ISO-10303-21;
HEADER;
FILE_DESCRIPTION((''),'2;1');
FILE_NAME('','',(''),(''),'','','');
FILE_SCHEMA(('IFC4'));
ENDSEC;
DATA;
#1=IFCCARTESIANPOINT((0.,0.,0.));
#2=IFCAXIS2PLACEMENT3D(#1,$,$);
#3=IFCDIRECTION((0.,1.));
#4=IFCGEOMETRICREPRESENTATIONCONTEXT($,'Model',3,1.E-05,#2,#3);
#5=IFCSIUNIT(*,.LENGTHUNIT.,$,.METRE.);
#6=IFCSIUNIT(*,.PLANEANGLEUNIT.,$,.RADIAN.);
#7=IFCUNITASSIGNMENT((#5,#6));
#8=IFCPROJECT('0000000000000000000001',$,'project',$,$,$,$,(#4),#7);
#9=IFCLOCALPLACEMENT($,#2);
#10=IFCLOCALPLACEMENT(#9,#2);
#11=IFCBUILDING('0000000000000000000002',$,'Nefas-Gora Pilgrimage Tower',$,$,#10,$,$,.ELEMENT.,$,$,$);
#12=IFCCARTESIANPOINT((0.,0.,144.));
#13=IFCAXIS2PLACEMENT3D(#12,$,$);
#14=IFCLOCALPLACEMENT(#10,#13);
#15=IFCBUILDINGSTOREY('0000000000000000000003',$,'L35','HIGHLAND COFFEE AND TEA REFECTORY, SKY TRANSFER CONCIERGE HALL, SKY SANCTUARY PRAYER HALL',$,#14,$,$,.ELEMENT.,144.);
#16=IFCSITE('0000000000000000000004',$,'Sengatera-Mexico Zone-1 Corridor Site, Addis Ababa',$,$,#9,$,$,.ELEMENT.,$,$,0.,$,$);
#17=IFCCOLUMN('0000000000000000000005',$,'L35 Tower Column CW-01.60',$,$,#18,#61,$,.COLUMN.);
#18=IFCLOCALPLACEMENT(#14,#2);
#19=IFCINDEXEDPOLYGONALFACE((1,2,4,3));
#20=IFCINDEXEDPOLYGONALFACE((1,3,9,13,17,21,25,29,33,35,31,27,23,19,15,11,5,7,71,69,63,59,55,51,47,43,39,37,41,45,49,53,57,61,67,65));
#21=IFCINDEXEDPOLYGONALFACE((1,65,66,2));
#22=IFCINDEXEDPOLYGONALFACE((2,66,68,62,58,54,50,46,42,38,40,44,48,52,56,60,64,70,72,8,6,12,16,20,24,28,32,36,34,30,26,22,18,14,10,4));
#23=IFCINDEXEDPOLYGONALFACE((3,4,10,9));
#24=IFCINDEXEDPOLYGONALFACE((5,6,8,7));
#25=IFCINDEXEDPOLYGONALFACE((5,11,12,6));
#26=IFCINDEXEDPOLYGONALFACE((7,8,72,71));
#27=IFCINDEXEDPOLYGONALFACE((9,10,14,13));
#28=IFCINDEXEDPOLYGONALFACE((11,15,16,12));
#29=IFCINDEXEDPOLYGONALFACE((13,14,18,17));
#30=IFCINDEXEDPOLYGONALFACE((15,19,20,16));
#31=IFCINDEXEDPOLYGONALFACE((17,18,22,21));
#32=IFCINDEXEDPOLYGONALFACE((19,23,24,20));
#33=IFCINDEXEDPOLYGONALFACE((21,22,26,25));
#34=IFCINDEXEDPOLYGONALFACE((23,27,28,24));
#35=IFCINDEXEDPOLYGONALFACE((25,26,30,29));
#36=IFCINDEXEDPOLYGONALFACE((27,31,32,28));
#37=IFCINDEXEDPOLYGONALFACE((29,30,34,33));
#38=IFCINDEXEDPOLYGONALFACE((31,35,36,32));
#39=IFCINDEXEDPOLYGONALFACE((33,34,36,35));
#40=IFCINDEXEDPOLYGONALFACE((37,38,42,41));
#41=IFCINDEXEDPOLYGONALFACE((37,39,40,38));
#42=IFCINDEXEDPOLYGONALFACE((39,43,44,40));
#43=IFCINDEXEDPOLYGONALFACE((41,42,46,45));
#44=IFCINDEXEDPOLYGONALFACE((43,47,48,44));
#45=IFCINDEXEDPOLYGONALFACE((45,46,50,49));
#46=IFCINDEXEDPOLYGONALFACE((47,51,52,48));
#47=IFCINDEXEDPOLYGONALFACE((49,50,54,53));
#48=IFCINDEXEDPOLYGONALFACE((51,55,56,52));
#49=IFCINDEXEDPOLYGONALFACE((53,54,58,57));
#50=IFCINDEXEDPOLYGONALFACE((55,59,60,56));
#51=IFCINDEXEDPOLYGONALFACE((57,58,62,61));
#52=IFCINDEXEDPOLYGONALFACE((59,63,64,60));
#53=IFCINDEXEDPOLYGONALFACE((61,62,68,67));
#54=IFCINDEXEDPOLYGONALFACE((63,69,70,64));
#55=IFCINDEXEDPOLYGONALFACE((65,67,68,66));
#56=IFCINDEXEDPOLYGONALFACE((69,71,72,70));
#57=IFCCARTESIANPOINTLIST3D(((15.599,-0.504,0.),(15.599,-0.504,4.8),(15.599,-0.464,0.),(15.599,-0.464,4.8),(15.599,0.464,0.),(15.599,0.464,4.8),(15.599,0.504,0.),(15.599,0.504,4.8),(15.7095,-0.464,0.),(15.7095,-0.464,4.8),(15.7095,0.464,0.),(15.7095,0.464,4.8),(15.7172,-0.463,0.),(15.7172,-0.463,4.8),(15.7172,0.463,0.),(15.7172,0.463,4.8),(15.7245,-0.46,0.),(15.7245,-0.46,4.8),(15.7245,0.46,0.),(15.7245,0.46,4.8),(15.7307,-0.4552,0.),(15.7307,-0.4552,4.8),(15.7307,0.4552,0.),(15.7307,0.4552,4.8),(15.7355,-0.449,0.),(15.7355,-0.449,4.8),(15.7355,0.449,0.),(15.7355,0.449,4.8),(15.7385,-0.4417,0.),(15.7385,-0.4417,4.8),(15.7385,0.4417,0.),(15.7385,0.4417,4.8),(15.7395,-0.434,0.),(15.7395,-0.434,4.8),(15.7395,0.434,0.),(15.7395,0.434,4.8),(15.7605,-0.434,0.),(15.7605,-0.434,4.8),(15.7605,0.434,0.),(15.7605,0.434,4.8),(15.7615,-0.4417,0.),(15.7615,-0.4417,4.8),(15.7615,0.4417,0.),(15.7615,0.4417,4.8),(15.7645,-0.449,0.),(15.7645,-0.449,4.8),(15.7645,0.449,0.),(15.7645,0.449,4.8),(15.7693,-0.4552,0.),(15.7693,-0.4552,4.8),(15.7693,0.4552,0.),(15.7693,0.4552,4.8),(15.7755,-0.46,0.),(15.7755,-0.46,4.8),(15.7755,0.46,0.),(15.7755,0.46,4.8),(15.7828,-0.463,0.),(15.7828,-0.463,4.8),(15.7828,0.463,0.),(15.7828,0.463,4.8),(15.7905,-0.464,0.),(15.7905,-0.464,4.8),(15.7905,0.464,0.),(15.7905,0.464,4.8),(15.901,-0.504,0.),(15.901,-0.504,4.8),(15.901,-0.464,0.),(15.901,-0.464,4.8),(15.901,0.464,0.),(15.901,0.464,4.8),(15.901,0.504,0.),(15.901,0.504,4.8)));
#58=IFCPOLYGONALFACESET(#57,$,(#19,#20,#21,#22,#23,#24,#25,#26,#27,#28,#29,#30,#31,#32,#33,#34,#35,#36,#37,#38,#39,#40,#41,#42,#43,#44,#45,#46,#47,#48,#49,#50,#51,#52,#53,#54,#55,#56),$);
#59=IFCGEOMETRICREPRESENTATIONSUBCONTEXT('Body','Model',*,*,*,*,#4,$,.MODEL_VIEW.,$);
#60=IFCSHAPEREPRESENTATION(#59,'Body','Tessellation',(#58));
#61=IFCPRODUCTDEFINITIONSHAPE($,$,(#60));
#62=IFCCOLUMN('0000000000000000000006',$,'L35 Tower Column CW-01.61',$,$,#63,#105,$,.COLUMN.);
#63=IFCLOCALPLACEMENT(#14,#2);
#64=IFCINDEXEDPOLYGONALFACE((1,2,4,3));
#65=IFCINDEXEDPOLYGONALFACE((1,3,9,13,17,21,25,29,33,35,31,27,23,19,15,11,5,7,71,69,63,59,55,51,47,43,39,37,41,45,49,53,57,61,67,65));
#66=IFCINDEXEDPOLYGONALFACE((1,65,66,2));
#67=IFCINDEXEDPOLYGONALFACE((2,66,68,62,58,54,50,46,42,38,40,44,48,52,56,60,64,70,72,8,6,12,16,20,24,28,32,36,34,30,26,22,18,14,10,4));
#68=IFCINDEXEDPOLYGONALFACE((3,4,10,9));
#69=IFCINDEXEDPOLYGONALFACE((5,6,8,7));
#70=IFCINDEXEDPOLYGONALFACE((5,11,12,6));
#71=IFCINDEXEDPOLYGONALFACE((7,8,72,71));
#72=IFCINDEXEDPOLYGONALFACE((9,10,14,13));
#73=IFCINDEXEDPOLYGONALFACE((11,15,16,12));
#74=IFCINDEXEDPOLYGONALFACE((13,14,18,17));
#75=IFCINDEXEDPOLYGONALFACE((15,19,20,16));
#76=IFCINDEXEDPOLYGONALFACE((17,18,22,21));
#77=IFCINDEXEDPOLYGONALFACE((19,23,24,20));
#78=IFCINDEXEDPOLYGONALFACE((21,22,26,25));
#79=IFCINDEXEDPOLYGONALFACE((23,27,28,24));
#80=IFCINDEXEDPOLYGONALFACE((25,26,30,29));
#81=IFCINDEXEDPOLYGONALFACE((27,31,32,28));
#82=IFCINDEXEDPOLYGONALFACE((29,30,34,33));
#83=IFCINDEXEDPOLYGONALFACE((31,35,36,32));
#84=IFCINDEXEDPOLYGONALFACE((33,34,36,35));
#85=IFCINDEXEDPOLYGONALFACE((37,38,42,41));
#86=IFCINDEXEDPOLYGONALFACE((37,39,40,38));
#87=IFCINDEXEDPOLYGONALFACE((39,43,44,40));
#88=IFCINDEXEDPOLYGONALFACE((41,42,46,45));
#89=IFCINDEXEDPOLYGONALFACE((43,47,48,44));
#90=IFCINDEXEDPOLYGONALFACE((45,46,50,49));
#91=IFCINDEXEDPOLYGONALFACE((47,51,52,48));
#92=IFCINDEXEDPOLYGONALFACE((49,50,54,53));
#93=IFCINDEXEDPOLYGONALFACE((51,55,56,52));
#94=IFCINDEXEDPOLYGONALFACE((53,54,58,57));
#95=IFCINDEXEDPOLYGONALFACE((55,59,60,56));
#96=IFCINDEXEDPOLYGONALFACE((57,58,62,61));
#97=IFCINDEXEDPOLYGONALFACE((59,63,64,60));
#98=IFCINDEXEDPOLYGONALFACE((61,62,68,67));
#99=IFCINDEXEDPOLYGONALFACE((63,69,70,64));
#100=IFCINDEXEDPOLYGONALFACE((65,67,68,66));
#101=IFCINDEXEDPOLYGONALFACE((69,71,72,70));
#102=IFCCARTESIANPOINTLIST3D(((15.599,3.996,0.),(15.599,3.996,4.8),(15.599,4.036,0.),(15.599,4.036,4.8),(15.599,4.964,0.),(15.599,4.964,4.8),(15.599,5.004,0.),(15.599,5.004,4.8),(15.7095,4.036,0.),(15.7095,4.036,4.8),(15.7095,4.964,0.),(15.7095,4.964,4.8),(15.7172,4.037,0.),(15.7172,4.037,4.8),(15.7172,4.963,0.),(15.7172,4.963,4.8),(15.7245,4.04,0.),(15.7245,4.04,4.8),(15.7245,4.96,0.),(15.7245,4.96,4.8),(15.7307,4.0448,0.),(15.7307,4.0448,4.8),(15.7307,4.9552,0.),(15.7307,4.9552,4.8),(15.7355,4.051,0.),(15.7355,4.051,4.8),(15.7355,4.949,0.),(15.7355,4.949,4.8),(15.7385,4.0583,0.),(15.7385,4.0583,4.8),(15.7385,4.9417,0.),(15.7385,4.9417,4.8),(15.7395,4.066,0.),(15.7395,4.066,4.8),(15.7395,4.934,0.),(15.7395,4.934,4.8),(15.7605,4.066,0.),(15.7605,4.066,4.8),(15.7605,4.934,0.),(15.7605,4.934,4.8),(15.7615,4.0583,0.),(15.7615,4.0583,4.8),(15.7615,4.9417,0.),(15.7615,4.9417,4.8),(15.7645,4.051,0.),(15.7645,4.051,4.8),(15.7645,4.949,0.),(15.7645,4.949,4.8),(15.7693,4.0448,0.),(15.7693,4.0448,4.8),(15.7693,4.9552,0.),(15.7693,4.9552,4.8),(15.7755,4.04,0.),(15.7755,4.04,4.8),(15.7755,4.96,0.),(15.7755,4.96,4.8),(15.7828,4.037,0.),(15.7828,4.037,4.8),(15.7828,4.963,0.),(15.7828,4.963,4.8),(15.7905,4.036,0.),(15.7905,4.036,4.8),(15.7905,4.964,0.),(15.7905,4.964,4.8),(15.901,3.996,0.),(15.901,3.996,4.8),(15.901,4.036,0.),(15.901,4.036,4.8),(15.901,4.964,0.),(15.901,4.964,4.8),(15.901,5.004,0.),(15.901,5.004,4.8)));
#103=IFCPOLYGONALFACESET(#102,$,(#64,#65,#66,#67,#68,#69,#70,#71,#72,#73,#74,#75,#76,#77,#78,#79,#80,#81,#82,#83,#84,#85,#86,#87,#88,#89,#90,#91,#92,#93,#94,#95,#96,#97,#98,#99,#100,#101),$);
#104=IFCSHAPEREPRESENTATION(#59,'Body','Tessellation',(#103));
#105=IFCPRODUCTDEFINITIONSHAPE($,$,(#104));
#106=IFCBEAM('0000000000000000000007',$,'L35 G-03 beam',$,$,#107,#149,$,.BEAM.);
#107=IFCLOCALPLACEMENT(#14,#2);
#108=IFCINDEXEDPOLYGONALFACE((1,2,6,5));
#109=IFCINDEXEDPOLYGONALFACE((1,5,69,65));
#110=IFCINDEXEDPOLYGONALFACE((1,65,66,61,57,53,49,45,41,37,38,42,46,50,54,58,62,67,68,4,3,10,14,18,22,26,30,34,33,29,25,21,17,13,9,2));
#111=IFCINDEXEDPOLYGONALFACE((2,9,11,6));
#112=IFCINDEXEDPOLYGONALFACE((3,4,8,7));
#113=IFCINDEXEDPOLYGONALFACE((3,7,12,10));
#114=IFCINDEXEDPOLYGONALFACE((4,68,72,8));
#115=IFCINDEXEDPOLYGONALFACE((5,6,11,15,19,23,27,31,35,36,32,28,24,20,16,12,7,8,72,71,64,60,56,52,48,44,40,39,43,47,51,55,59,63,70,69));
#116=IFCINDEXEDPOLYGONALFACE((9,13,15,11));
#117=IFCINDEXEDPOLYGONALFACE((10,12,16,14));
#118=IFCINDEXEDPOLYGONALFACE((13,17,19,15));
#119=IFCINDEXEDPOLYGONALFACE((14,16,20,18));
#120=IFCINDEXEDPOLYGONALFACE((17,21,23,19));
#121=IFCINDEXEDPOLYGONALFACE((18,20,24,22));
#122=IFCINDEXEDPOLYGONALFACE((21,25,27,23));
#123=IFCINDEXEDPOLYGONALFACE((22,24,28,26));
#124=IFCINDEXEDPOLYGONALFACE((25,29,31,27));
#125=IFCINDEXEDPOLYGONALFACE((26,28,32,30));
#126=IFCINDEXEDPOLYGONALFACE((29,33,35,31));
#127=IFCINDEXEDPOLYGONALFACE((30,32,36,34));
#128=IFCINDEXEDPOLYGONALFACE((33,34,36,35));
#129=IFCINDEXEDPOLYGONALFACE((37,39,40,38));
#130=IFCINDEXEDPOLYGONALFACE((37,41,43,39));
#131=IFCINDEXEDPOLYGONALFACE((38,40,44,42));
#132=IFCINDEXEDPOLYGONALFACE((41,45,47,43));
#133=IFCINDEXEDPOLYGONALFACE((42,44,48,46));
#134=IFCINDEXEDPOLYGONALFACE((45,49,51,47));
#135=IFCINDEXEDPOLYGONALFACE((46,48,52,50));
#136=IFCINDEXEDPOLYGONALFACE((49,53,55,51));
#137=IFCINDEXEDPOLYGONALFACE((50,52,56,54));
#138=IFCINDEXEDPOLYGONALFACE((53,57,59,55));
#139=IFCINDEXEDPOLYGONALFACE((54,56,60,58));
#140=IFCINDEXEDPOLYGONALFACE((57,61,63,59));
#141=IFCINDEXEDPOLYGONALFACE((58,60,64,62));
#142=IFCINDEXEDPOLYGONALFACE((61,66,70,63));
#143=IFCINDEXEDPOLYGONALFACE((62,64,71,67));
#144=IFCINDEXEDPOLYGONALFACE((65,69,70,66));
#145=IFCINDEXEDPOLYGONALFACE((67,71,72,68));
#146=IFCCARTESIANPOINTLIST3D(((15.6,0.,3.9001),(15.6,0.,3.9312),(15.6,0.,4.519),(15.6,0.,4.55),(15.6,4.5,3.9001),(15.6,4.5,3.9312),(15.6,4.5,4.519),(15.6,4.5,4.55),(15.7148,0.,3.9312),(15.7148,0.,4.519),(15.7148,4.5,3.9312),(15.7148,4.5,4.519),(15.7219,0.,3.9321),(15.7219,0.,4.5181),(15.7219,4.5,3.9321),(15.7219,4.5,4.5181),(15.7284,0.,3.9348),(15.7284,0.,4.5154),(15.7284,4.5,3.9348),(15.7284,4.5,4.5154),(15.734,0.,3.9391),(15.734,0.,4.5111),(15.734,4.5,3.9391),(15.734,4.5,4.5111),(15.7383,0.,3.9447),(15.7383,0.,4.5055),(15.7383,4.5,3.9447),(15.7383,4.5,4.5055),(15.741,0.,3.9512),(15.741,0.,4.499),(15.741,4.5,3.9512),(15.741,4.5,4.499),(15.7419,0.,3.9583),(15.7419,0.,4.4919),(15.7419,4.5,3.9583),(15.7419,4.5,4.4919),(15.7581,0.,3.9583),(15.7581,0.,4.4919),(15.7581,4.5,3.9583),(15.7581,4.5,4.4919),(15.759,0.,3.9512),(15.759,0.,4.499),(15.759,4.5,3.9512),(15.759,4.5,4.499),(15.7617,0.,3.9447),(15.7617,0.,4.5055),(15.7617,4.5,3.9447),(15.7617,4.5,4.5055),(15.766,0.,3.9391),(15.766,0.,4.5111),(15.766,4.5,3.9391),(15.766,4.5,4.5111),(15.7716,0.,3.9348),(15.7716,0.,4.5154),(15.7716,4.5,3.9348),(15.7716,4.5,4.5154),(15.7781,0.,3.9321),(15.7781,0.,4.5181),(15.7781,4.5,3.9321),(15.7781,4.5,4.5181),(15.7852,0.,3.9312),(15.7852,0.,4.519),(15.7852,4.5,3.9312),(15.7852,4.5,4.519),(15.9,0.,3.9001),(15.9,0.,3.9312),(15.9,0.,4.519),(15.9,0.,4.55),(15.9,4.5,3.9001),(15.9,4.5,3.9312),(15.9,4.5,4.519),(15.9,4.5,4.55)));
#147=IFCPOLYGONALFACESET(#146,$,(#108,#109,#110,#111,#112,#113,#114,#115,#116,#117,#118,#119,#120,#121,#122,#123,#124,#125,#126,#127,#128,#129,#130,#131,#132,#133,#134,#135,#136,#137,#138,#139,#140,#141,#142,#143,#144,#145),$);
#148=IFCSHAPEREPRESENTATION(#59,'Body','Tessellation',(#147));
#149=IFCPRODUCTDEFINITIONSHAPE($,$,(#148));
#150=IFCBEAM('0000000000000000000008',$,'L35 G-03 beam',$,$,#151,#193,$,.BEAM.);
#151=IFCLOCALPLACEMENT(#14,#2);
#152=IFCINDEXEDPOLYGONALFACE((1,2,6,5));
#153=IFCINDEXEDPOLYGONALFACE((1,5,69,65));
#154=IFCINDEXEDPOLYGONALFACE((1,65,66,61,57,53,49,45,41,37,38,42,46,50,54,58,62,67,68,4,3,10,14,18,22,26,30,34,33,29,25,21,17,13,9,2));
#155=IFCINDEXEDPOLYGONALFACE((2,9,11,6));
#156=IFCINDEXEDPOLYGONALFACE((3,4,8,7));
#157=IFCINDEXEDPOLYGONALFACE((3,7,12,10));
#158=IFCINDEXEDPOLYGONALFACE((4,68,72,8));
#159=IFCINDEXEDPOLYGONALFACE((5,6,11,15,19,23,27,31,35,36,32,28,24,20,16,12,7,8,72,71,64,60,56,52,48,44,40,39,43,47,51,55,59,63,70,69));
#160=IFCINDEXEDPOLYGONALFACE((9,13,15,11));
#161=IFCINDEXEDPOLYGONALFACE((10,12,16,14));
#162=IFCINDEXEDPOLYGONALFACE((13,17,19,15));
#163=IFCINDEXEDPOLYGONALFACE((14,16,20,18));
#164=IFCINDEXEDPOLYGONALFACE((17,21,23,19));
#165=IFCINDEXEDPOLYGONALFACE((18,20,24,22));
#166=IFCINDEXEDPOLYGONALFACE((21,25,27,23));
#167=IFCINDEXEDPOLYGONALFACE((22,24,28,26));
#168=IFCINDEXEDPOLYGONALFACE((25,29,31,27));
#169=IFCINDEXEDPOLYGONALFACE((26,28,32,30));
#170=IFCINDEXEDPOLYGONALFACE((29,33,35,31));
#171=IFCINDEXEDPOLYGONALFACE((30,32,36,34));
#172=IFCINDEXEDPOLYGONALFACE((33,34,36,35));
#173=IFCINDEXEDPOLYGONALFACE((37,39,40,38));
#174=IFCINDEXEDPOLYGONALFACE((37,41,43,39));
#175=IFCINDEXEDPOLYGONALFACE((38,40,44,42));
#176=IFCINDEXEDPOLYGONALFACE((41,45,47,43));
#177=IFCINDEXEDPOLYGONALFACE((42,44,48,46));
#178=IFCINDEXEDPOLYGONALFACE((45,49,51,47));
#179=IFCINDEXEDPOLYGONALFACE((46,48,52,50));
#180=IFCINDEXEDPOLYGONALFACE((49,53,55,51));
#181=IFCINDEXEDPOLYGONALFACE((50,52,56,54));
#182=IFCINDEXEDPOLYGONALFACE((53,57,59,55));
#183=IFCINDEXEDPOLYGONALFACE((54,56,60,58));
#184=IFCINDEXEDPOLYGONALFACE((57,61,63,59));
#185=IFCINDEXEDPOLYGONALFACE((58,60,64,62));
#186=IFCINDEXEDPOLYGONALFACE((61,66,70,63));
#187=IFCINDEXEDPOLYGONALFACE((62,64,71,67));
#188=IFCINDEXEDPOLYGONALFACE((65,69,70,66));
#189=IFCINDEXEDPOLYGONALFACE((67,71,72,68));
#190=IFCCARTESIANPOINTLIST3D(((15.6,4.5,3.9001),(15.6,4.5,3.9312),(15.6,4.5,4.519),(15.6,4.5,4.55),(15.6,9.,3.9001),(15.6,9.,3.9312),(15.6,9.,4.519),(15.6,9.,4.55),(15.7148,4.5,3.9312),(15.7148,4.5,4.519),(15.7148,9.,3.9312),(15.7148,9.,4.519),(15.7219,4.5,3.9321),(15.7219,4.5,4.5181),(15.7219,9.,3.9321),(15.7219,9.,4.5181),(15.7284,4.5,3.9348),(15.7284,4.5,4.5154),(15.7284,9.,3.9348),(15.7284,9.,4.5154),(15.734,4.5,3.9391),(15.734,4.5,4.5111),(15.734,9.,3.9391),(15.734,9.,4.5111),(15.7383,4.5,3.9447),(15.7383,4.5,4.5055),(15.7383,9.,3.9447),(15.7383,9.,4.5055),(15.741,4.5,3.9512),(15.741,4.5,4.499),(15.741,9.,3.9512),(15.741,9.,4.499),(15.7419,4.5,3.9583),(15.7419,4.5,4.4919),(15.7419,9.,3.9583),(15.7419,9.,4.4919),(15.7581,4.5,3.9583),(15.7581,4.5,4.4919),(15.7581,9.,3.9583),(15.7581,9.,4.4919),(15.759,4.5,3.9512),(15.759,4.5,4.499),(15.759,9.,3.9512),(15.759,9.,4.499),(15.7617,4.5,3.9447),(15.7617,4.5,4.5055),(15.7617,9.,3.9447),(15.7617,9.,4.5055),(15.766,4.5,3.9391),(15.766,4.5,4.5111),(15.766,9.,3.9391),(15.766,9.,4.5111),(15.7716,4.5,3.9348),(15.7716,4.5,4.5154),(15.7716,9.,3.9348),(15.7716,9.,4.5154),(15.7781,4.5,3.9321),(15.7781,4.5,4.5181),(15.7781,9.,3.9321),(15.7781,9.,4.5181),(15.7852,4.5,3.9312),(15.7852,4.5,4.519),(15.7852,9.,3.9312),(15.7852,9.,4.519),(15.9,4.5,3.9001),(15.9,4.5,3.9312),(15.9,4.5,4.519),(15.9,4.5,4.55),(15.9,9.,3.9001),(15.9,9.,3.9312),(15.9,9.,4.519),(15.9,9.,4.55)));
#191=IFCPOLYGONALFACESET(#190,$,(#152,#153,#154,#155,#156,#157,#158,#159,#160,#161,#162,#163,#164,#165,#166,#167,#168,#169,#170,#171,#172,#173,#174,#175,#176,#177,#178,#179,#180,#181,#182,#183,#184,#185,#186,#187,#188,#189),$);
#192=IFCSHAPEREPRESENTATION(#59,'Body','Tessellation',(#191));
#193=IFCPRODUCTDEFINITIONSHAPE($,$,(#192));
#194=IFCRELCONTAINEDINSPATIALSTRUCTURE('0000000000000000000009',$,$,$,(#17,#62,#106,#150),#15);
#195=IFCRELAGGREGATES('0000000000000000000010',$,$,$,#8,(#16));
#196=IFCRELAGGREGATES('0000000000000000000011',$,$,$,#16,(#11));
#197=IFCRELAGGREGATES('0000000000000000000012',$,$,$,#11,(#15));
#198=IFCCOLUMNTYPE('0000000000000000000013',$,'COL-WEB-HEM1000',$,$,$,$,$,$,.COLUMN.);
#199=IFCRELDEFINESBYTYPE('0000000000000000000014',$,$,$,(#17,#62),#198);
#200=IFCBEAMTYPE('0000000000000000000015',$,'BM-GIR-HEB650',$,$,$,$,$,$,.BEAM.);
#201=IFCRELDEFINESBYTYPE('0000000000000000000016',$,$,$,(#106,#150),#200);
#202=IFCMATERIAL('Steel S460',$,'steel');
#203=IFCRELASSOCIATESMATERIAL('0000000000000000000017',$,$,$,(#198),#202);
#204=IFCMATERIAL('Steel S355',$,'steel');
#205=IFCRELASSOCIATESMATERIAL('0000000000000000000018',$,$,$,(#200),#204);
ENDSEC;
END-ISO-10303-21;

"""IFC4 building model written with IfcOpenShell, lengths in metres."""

from ifc_helpers import new_model, si_unit, direction, frame, origin, origin_2d, place, context, subcontext, project, spatial, i_section, extrude, source, transform, mapped, material, material_profile, profile_set, type_object, element, save


model = new_model("IFC4")

# Units and contexts
model_context = context("Model", 3, precision=1e-05, world=origin(), true_north=direction((0.0, 1.0)))
body_context = subcontext(model_context, "Body", "Model", "MODEL_VIEW")
ifc_project = project(units=[si_unit("LENGTHUNIT", "METRE"), si_unit("PLANEANGLEUNIT", "RADIAN")], contexts=[model_context])

# Site, building, storey
site_placement = place(None, origin())
site = spatial("IfcSite", under=ifc_project, at=site_placement, Name="Sengatera-Mexico Zone-1 Corridor Site, Addis Ababa", CompositionType="ELEMENT", RefElevation=0.0)
building_placement = place(site_placement, origin())
building = spatial("IfcBuilding", under=site, at=building_placement, Name="Nefas-Gora Pilgrimage Tower", CompositionType="ELEMENT")
storey_placement = place(building_placement, frame((0.0, 0.0, 144.0)))
storey = spatial("IfcBuildingStorey", under=building, at=storey_placement, Name="L35", Description="HIGHLAND COFFEE AND TEA REFECTORY, SKY TRANSFER CONCIERGE HALL, SKY SANCTUARY PRAYER HALL", CompositionType="ELEMENT", Elevation=144.0)

# Columns
ifc_material_1 = material(Name="Steel S460", Category="steel")
ifc_material_profile_1 = material_profile(ifc_material_1, i_section(OverallWidth=0.302, OverallDepth=1.0081, WebThickness=0.021, FlangeThickness=0.04, FilletRadius=0.03, at=origin_2d()), Name="HEM 1000")
ifc_profile_set_1 = profile_set([ifc_material_profile_1], Name="Steel S460")
column_type = type_object("IfcColumnType", Name="COL-WEB-HEM1000", PredefinedType="COLUMN", material=ifc_profile_set_1)
shared_shape_1 = source(origin(), body_context, "Body", "SweptSolid", [
    extrude(i_section(OverallWidth=0.302, OverallDepth=1.0081, WebThickness=0.021, FlangeThickness=0.04, FilletRadius=0.03, at=origin_2d()), origin(), (0.0, 0.0, 1.0), 4.8),
])
for number, where, z_axis, x_axis, name in (
    (1, (15.75, 0.0, 0.0), (0.0, 0.0, 1.0), (1.0, 0.0, 0.0), "L35 Tower Column CW-01.60"),
    (2, (15.75, 4.5, 0.0), (0.0, 0.0, 1.0), (1.0, 0.0, 0.0), "L35 Tower Column CW-01.61"),
):
    element("IfcColumn", number, at=place(storey_placement, frame(where, z_axis=z_axis, x_axis=x_axis)), inside=storey, type_object=column_type, Name=name, PredefinedType="COLUMN", context=body_context, shape_type="MappedRepresentation", body=[
        mapped(shared_shape_1, transform((0.0, 0.0, 0.0), x_axis=(1.0, 0.0, 0.0), y_axis=(0.0, 1.0, 0.0), z_axis=(0.0, 0.0, 1.0), scale=1.0)),
    ])

# Beams
ifc_material_2 = material(Name="Steel S355", Category="steel")
ifc_material_profile_2 = material_profile(ifc_material_2, i_section(OverallWidth=0.3, OverallDepth=0.6499, WebThickness=0.0161, FlangeThickness=0.031, FilletRadius=0.0271, at=origin_2d()), Name="HEB 650")
ifc_profile_set_2 = profile_set([ifc_material_profile_2], Name="Steel S355")
beam_type = type_object("IfcBeamType", Name="BM-GIR-HEB650", PredefinedType="BEAM", material=ifc_profile_set_2)
shared_shape_2 = source(origin(), body_context, "Body", "SweptSolid", [
    extrude(i_section(OverallWidth=0.3, OverallDepth=0.6499, WebThickness=0.0161, FlangeThickness=0.031, FilletRadius=0.0271, at=origin_2d()), origin(), (0.0, 0.0, 1.0), 4.5),
])
for number, where, z_axis, x_axis, name in (
    (3, (15.75, 0.0, 4.2251), (0.0, 1.0, 0.0), (-1.0, 0.0, 0.0), "L35 G-03 beam"),
    (4, (15.75, 4.5, 4.2251), (0.0, 1.0, 0.0), (-1.0, 0.0, 0.0), "L35 G-03 beam"),
):
    element("IfcBeam", number, at=place(storey_placement, frame(where, z_axis=z_axis, x_axis=x_axis)), inside=storey, type_object=beam_type, Name=name, PredefinedType="BEAM", context=body_context, shape_type="MappedRepresentation", body=[
        mapped(shared_shape_2, transform((0.0, 0.0, 0.0), x_axis=(1.0, 0.0, 0.0), y_axis=(0.0, 1.0, 0.0), z_axis=(0.0, 0.0, 1.0), scale=1.0)),
    ])

save(model, "model.ifc")
